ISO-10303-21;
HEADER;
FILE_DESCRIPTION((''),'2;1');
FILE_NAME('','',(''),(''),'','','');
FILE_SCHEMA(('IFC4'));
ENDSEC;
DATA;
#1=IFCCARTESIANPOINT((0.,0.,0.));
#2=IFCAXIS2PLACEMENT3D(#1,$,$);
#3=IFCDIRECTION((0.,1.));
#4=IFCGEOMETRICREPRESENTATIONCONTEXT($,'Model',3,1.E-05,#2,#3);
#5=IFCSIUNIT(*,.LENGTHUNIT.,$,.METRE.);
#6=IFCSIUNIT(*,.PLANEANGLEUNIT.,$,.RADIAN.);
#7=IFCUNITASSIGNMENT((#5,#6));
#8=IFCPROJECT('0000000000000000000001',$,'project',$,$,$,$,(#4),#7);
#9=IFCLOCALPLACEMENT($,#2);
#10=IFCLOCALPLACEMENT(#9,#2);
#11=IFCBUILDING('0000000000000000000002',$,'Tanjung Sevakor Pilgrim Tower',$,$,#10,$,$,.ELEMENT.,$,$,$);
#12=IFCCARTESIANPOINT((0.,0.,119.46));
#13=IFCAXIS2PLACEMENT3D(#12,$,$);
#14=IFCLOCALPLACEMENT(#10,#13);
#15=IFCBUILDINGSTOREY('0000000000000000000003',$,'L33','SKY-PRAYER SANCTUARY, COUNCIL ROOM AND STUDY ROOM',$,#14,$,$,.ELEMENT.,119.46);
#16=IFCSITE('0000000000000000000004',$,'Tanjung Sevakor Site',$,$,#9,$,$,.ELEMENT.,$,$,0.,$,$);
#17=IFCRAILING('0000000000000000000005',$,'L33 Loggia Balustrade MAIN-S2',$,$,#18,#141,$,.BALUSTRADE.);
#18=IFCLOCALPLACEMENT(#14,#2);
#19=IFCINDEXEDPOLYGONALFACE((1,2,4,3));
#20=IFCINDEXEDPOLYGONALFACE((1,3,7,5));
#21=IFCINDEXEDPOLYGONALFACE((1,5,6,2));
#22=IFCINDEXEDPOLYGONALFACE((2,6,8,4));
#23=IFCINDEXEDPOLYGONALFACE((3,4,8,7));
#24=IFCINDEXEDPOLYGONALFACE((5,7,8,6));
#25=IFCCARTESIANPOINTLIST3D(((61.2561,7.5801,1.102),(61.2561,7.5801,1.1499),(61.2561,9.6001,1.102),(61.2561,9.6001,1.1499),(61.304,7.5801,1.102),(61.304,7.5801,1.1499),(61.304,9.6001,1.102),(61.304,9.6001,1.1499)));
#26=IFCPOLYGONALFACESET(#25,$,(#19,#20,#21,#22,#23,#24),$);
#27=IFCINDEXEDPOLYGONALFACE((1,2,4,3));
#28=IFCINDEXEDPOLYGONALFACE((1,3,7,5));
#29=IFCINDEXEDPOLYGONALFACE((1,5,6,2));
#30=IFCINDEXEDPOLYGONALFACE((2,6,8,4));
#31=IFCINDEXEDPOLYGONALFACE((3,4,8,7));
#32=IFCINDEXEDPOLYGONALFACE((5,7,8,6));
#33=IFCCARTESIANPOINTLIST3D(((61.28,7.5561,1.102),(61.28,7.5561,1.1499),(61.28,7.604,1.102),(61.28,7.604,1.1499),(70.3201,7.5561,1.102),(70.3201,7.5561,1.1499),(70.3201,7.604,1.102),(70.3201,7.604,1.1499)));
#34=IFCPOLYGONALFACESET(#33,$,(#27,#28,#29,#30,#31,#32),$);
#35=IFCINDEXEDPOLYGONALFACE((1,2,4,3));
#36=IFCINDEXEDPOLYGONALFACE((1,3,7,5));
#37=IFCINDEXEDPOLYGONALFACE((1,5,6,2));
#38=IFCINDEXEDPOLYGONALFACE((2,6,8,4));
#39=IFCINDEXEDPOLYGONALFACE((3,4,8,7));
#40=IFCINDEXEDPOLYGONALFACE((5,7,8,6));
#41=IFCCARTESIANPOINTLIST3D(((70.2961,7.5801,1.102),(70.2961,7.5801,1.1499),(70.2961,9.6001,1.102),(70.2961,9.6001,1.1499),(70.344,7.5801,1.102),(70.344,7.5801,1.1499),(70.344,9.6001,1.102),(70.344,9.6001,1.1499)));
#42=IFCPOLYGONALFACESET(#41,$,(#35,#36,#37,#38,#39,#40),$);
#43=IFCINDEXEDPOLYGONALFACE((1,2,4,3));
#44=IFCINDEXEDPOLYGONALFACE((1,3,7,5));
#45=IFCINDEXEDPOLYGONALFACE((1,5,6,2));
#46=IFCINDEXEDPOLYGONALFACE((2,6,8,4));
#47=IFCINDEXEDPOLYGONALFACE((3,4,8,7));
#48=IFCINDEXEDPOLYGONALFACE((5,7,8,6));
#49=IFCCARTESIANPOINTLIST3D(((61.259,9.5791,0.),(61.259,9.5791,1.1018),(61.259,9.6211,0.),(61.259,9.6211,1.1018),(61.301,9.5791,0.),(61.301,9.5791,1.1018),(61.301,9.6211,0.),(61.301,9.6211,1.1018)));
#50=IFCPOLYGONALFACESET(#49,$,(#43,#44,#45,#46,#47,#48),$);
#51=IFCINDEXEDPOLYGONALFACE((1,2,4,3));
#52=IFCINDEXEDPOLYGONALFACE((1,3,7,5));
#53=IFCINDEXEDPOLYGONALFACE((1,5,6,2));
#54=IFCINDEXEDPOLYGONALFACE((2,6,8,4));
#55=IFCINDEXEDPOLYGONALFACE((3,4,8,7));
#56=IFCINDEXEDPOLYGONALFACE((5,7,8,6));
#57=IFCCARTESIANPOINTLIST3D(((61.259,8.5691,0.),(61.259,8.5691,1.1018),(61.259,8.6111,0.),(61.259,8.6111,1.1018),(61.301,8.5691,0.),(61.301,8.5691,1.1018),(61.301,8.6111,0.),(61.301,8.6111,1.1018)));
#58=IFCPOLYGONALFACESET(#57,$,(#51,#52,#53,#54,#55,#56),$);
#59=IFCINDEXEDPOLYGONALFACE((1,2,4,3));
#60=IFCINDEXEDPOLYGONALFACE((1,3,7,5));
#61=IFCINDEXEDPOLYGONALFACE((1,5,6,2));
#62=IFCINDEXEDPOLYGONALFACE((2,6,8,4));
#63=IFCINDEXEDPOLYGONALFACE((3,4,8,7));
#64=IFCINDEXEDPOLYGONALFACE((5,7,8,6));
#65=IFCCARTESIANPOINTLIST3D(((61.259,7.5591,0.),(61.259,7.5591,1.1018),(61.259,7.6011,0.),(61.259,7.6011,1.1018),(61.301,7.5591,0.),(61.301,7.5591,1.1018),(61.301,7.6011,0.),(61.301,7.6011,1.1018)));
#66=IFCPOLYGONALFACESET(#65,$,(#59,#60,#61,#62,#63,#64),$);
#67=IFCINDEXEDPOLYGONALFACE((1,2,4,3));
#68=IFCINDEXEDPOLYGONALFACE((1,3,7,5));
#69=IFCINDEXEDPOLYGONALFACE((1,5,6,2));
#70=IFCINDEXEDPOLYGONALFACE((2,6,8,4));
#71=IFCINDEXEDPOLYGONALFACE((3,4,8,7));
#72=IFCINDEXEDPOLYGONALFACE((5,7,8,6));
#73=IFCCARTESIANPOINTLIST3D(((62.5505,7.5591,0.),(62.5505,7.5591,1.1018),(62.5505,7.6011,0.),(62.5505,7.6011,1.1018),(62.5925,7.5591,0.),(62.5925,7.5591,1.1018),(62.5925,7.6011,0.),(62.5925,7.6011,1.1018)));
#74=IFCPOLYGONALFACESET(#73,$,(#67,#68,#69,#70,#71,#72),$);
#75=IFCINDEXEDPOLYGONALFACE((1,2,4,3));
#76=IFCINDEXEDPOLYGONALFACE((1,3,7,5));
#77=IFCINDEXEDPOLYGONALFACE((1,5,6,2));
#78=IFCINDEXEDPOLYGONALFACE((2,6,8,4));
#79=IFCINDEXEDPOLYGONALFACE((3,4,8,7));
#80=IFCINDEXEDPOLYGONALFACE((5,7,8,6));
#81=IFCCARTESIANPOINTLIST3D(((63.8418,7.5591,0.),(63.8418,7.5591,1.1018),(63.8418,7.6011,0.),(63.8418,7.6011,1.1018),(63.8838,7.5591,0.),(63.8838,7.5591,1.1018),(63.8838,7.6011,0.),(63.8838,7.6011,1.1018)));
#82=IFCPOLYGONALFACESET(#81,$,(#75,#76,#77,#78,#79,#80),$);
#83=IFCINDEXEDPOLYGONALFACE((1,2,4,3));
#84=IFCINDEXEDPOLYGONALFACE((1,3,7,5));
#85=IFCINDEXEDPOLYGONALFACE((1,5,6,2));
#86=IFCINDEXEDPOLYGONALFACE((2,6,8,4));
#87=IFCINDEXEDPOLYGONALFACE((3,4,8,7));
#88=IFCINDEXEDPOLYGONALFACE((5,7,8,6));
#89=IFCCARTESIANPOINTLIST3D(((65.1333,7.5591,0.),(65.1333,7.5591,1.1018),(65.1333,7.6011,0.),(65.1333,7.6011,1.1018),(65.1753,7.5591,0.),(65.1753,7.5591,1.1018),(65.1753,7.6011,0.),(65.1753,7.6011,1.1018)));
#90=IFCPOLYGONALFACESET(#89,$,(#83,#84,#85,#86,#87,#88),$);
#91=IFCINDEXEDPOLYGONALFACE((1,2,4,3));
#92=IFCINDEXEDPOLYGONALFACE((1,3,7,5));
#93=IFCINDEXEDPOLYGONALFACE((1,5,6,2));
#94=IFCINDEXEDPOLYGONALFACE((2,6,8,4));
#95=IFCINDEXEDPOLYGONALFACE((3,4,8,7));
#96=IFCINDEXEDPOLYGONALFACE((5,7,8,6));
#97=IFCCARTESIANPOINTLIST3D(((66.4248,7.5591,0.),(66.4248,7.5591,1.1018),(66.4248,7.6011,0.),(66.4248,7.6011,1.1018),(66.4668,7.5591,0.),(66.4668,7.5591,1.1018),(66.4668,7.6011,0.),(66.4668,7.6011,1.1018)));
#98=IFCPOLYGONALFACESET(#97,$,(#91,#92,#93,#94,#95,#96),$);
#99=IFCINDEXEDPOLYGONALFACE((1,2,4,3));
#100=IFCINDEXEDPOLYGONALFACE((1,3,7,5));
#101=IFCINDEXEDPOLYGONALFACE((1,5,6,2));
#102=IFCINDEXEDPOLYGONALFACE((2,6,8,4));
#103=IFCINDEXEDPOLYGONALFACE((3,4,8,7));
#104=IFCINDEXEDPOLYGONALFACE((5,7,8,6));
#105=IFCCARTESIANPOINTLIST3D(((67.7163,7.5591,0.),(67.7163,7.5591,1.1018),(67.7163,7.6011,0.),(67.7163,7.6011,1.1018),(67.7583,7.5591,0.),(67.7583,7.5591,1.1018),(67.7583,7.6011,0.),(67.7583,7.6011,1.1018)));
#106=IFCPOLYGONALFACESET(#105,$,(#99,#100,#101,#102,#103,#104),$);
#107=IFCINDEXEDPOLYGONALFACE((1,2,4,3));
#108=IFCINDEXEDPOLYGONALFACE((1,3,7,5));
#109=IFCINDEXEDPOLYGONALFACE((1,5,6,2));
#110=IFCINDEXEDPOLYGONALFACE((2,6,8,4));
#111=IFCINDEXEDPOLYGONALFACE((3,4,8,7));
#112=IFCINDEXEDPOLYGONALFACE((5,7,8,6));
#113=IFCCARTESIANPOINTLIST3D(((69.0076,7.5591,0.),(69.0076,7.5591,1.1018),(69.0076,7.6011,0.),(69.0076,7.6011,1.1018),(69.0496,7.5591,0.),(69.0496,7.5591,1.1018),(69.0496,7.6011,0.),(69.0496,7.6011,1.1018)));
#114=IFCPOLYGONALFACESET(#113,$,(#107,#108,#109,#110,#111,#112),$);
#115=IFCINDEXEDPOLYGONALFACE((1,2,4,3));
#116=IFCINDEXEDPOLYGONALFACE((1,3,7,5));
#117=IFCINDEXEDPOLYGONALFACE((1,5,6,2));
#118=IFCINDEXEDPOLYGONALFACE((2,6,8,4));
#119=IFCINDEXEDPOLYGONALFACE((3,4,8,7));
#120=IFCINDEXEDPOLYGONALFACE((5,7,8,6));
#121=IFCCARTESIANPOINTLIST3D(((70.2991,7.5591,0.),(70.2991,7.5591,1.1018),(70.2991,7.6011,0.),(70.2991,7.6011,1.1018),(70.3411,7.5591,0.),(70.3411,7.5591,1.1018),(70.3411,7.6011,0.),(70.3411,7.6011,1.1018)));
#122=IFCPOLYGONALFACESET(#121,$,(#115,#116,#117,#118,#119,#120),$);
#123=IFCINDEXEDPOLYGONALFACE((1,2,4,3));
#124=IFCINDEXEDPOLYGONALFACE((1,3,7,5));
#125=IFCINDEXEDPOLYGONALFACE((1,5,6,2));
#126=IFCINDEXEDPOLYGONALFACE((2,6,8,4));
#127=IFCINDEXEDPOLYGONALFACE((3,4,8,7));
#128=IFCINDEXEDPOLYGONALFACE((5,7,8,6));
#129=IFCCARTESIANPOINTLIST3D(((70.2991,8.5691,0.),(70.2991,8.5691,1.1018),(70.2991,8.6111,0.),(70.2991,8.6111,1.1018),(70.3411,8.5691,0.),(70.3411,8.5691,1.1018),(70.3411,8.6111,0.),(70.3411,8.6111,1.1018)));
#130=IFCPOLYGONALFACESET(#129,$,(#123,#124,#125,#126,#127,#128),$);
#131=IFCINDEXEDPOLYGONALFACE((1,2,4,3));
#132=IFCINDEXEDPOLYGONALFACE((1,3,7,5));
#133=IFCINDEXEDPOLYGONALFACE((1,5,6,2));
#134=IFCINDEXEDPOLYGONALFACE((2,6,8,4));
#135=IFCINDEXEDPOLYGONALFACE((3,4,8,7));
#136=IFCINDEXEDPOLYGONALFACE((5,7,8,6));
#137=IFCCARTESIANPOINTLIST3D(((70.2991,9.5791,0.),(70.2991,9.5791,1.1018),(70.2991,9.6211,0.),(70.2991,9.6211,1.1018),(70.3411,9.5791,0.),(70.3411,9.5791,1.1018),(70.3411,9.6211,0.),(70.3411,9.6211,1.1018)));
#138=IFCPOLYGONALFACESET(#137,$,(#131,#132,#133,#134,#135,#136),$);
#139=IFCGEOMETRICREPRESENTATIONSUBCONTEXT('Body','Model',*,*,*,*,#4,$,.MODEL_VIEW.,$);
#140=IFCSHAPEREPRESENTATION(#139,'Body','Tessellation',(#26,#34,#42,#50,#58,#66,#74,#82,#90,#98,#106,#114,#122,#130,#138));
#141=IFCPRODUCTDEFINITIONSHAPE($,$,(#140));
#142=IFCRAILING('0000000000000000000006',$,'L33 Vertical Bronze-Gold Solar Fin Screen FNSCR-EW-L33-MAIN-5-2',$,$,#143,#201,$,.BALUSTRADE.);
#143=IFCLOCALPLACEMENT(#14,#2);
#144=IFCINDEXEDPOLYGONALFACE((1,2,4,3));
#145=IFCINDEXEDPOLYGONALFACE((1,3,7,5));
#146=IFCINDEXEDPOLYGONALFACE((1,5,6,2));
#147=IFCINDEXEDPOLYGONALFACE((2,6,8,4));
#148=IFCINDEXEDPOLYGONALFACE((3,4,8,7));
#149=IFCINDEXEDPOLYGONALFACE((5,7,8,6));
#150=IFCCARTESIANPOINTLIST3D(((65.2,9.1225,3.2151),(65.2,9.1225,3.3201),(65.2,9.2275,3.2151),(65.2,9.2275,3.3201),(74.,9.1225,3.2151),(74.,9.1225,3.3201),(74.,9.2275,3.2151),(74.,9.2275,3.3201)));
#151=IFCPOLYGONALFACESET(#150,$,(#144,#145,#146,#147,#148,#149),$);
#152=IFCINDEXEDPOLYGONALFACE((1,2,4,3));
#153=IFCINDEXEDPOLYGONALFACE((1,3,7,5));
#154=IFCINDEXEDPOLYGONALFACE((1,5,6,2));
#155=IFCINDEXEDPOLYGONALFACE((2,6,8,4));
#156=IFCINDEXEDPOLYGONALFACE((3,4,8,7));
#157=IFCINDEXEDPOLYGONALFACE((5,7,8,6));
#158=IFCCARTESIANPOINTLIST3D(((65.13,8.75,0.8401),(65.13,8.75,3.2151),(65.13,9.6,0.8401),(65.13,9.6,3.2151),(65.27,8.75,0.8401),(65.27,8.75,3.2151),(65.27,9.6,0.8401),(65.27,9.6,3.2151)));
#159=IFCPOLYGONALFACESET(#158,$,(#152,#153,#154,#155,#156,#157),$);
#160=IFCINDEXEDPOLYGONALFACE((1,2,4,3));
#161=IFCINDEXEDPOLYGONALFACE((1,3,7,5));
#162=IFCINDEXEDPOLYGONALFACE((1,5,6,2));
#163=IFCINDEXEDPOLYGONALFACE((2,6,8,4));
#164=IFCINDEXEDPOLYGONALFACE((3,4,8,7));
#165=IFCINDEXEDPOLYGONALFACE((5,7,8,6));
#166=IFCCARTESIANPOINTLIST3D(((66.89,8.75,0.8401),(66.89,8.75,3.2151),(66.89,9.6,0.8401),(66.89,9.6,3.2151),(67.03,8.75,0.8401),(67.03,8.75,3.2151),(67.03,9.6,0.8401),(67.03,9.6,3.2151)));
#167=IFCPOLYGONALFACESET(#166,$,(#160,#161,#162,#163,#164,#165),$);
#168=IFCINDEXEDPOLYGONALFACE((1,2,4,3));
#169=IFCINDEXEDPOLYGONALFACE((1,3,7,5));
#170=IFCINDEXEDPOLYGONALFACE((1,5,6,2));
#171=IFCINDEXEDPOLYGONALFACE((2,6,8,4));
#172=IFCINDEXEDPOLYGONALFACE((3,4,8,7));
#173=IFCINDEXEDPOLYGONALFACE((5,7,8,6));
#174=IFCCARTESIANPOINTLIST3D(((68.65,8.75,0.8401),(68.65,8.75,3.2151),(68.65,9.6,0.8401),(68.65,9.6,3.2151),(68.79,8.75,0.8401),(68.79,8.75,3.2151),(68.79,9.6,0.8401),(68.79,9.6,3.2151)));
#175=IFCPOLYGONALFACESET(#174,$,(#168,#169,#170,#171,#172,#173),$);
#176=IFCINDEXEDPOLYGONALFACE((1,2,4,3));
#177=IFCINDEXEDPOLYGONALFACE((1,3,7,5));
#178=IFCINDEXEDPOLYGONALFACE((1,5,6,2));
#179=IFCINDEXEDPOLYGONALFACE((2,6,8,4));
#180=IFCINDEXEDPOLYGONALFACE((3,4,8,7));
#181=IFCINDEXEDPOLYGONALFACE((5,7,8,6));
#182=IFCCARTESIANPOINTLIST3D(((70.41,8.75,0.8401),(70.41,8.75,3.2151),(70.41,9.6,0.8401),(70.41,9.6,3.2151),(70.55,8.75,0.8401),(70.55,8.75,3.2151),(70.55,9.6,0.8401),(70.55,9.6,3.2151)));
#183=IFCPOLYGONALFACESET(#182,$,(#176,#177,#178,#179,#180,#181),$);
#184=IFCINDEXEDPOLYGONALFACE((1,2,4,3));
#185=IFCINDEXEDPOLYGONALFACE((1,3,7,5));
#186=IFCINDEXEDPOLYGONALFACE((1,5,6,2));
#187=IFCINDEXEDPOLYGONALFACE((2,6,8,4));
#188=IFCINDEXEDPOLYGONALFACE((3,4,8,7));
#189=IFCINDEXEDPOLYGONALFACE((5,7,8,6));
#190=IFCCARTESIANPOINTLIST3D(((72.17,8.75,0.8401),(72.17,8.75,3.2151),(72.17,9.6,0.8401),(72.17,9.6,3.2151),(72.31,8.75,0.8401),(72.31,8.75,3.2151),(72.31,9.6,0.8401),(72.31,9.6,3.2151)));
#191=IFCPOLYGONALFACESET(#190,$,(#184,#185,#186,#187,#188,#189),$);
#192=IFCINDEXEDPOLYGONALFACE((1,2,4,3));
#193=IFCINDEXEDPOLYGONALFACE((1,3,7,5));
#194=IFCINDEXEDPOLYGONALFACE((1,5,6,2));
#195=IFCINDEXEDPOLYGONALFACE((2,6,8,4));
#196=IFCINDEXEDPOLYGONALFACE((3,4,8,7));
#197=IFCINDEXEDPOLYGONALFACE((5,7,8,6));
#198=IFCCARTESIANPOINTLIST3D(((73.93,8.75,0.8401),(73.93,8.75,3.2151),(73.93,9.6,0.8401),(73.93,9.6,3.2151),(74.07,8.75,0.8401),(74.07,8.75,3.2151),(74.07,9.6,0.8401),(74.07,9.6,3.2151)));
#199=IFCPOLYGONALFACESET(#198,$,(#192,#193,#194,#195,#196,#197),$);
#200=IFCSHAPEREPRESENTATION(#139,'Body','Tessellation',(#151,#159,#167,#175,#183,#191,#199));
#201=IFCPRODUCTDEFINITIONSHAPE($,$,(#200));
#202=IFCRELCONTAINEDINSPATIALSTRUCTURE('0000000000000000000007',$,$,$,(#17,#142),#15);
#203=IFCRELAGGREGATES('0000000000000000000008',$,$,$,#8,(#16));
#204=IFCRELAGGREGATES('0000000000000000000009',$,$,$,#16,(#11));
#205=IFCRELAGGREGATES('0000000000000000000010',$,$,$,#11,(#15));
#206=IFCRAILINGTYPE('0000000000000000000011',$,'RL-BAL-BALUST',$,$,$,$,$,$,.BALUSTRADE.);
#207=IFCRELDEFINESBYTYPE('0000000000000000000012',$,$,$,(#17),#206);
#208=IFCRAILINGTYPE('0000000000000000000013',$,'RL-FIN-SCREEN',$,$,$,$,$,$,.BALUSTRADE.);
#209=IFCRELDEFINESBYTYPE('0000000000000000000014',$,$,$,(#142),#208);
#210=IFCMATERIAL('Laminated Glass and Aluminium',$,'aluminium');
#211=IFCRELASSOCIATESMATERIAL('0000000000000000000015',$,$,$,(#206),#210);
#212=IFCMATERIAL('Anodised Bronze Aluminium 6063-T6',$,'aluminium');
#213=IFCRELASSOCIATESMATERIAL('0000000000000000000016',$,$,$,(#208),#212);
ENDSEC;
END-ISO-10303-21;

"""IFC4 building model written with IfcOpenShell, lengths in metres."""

from ifc_helpers import new_model, si_unit, direction, frame, origin, place, context, subcontext, project, spatial, rectangle, extrude, material, type_object, element, save


model = new_model("IFC4")

# Units and contexts
model_context = context("Model", 3, precision=1e-05, world=origin(), true_north=direction((0.0, 1.0)))
body_context = subcontext(model_context, "Body", "Model", "MODEL_VIEW")
ifc_project = project(units=[si_unit("LENGTHUNIT", "METRE"), si_unit("PLANEANGLEUNIT", "RADIAN")], contexts=[model_context])

# Site, building, storey
site_placement = place(None, origin())
site = spatial("IfcSite", under=ifc_project, at=site_placement, Name="Tanjung Sevakor Site", CompositionType="ELEMENT", RefElevation=0.0)
building_placement = place(site_placement, origin())
building = spatial("IfcBuilding", under=site, at=building_placement, Name="Tanjung Sevakor Pilgrim Tower", CompositionType="ELEMENT")
storey_placement = place(building_placement, frame((0.0, 0.0, 119.46)))
storey = spatial("IfcBuildingStorey", under=building, at=storey_placement, Name="L33", Description="SKY-PRAYER SANCTUARY, COUNCIL ROOM AND STUDY ROOM", CompositionType="ELEMENT", Elevation=119.46)

# Railings
ifc_material_1 = material(Name="Laminated Glass and Aluminium", Category="aluminium")
railing_type_1 = type_object("IfcRailingType", Name="RL-BAL-BALUST", PredefinedType="BALUSTRADE", material=ifc_material_1)
railing_1_placement = place(storey_placement, frame((61.28, 9.6001, 0.0)))
element("IfcRailing", 1, at=railing_1_placement, inside=storey, type_object=railing_type_1, Name="L33 Loggia Balustrade MAIN-S2", PredefinedType="BALUSTRADE", context=body_context, shape_type="SweptSolid", body=[
    extrude(rectangle(XDim=0.0479, YDim=0.0479), frame((0.0, 0.0, 1.126), z_axis=(0.0, -1.0, 0.0), x_axis=(1.0, 0.0, 0.0)), (0.0, 0.0, 1.0), 2.02),
    extrude(rectangle(XDim=0.0479, YDim=0.0479), frame((0.0, -2.02, 1.126), z_axis=(1.0, 0.0, 0.0), x_axis=(0.0, 1.0, 0.0)), (0.0, 0.0, 1.0), 9.04),
    extrude(rectangle(XDim=0.0479, YDim=0.0479), frame((9.04, -2.02, 1.126), z_axis=(0.0, 1.0, 0.0), x_axis=(-1.0, 0.0, 0.0)), (0.0, 0.0, 1.0), 2.02),
    extrude(rectangle(XDim=0.042, YDim=0.042), origin(), (0.0, 0.0, 1.0), 1.1018),
    extrude(rectangle(XDim=0.042, YDim=0.042), frame((0.0, -1.01, 0.0)), (0.0, 0.0, 1.0), 1.1018),
    extrude(rectangle(XDim=0.042, YDim=0.042), frame((0.0, -2.02, 0.0)), (0.0, 0.0, 1.0), 1.1018),
    extrude(rectangle(XDim=0.042, YDim=0.042), frame((1.2915, -2.02, 0.0)), (0.0, 0.0, 1.0), 1.1018),
    extrude(rectangle(XDim=0.042, YDim=0.042), frame((2.5828, -2.02, 0.0)), (0.0, 0.0, 1.0), 1.1018),
    extrude(rectangle(XDim=0.042, YDim=0.042), frame((3.8743, -2.02, 0.0)), (0.0, 0.0, 1.0), 1.1018),
    extrude(rectangle(XDim=0.042, YDim=0.042), frame((5.1658, -2.02, 0.0)), (0.0, 0.0, 1.0), 1.1018),
    extrude(rectangle(XDim=0.042, YDim=0.042), frame((6.4573, -2.02, 0.0)), (0.0, 0.0, 1.0), 1.1018),
    extrude(rectangle(XDim=0.042, YDim=0.042), frame((7.7485, -2.02, 0.0)), (0.0, 0.0, 1.0), 1.1018),
    extrude(rectangle(XDim=0.042, YDim=0.042), frame((9.04, -2.02, 0.0)), (0.0, 0.0, 1.0), 1.1018),
    extrude(rectangle(XDim=0.042, YDim=0.042), frame((9.04, -1.01, 0.0)), (0.0, 0.0, 1.0), 1.1018),
    extrude(rectangle(XDim=0.042, YDim=0.042), frame((9.04, 0.0, 0.0)), (0.0, 0.0, 1.0), 1.1018),
])
ifc_material_2 = material(Name="Anodised Bronze Aluminium 6063-T6", Category="aluminium")
railing_type_2 = type_object("IfcRailingType", Name="RL-FIN-SCREEN", PredefinedType="BALUSTRADE", material=ifc_material_2)
railing_2_placement = place(storey_placement, frame((65.2, 9.175, 0.8401)))
element("IfcRailing", 2, at=railing_2_placement, inside=storey, type_object=railing_type_2, Name="L33 Vertical Bronze-Gold Solar Fin Screen FNSCR-EW-L33-MAIN-5-2", PredefinedType="BALUSTRADE", context=body_context, shape_type="SweptSolid", body=[
    extrude(rectangle(XDim=0.105, YDim=0.105), frame((0.0, 0.0, 2.4275), z_axis=(1.0, 0.0, 0.0), x_axis=(0.0, 1.0, 0.0)), (0.0, 0.0, 1.0), 8.8),
    extrude(rectangle(XDim=0.14, YDim=0.85), origin(), (0.0, 0.0, 1.0), 2.375),
    extrude(rectangle(XDim=0.14, YDim=0.85), frame((1.76, 0.0, 0.0)), (0.0, 0.0, 1.0), 2.375),
    extrude(rectangle(XDim=0.14, YDim=0.85), frame((3.52, 0.0, 0.0)), (0.0, 0.0, 1.0), 2.375),
    extrude(rectangle(XDim=0.14, YDim=0.85), frame((5.28, 0.0, 0.0)), (0.0, 0.0, 1.0), 2.375),
    extrude(rectangle(XDim=0.14, YDim=0.85), frame((7.04, 0.0, 0.0)), (0.0, 0.0, 1.0), 2.375),
    extrude(rectangle(XDim=0.14, YDim=0.85), frame((8.8, 0.0, 0.0)), (0.0, 0.0, 1.0), 2.375),
])

save(model, "model.ifc")
